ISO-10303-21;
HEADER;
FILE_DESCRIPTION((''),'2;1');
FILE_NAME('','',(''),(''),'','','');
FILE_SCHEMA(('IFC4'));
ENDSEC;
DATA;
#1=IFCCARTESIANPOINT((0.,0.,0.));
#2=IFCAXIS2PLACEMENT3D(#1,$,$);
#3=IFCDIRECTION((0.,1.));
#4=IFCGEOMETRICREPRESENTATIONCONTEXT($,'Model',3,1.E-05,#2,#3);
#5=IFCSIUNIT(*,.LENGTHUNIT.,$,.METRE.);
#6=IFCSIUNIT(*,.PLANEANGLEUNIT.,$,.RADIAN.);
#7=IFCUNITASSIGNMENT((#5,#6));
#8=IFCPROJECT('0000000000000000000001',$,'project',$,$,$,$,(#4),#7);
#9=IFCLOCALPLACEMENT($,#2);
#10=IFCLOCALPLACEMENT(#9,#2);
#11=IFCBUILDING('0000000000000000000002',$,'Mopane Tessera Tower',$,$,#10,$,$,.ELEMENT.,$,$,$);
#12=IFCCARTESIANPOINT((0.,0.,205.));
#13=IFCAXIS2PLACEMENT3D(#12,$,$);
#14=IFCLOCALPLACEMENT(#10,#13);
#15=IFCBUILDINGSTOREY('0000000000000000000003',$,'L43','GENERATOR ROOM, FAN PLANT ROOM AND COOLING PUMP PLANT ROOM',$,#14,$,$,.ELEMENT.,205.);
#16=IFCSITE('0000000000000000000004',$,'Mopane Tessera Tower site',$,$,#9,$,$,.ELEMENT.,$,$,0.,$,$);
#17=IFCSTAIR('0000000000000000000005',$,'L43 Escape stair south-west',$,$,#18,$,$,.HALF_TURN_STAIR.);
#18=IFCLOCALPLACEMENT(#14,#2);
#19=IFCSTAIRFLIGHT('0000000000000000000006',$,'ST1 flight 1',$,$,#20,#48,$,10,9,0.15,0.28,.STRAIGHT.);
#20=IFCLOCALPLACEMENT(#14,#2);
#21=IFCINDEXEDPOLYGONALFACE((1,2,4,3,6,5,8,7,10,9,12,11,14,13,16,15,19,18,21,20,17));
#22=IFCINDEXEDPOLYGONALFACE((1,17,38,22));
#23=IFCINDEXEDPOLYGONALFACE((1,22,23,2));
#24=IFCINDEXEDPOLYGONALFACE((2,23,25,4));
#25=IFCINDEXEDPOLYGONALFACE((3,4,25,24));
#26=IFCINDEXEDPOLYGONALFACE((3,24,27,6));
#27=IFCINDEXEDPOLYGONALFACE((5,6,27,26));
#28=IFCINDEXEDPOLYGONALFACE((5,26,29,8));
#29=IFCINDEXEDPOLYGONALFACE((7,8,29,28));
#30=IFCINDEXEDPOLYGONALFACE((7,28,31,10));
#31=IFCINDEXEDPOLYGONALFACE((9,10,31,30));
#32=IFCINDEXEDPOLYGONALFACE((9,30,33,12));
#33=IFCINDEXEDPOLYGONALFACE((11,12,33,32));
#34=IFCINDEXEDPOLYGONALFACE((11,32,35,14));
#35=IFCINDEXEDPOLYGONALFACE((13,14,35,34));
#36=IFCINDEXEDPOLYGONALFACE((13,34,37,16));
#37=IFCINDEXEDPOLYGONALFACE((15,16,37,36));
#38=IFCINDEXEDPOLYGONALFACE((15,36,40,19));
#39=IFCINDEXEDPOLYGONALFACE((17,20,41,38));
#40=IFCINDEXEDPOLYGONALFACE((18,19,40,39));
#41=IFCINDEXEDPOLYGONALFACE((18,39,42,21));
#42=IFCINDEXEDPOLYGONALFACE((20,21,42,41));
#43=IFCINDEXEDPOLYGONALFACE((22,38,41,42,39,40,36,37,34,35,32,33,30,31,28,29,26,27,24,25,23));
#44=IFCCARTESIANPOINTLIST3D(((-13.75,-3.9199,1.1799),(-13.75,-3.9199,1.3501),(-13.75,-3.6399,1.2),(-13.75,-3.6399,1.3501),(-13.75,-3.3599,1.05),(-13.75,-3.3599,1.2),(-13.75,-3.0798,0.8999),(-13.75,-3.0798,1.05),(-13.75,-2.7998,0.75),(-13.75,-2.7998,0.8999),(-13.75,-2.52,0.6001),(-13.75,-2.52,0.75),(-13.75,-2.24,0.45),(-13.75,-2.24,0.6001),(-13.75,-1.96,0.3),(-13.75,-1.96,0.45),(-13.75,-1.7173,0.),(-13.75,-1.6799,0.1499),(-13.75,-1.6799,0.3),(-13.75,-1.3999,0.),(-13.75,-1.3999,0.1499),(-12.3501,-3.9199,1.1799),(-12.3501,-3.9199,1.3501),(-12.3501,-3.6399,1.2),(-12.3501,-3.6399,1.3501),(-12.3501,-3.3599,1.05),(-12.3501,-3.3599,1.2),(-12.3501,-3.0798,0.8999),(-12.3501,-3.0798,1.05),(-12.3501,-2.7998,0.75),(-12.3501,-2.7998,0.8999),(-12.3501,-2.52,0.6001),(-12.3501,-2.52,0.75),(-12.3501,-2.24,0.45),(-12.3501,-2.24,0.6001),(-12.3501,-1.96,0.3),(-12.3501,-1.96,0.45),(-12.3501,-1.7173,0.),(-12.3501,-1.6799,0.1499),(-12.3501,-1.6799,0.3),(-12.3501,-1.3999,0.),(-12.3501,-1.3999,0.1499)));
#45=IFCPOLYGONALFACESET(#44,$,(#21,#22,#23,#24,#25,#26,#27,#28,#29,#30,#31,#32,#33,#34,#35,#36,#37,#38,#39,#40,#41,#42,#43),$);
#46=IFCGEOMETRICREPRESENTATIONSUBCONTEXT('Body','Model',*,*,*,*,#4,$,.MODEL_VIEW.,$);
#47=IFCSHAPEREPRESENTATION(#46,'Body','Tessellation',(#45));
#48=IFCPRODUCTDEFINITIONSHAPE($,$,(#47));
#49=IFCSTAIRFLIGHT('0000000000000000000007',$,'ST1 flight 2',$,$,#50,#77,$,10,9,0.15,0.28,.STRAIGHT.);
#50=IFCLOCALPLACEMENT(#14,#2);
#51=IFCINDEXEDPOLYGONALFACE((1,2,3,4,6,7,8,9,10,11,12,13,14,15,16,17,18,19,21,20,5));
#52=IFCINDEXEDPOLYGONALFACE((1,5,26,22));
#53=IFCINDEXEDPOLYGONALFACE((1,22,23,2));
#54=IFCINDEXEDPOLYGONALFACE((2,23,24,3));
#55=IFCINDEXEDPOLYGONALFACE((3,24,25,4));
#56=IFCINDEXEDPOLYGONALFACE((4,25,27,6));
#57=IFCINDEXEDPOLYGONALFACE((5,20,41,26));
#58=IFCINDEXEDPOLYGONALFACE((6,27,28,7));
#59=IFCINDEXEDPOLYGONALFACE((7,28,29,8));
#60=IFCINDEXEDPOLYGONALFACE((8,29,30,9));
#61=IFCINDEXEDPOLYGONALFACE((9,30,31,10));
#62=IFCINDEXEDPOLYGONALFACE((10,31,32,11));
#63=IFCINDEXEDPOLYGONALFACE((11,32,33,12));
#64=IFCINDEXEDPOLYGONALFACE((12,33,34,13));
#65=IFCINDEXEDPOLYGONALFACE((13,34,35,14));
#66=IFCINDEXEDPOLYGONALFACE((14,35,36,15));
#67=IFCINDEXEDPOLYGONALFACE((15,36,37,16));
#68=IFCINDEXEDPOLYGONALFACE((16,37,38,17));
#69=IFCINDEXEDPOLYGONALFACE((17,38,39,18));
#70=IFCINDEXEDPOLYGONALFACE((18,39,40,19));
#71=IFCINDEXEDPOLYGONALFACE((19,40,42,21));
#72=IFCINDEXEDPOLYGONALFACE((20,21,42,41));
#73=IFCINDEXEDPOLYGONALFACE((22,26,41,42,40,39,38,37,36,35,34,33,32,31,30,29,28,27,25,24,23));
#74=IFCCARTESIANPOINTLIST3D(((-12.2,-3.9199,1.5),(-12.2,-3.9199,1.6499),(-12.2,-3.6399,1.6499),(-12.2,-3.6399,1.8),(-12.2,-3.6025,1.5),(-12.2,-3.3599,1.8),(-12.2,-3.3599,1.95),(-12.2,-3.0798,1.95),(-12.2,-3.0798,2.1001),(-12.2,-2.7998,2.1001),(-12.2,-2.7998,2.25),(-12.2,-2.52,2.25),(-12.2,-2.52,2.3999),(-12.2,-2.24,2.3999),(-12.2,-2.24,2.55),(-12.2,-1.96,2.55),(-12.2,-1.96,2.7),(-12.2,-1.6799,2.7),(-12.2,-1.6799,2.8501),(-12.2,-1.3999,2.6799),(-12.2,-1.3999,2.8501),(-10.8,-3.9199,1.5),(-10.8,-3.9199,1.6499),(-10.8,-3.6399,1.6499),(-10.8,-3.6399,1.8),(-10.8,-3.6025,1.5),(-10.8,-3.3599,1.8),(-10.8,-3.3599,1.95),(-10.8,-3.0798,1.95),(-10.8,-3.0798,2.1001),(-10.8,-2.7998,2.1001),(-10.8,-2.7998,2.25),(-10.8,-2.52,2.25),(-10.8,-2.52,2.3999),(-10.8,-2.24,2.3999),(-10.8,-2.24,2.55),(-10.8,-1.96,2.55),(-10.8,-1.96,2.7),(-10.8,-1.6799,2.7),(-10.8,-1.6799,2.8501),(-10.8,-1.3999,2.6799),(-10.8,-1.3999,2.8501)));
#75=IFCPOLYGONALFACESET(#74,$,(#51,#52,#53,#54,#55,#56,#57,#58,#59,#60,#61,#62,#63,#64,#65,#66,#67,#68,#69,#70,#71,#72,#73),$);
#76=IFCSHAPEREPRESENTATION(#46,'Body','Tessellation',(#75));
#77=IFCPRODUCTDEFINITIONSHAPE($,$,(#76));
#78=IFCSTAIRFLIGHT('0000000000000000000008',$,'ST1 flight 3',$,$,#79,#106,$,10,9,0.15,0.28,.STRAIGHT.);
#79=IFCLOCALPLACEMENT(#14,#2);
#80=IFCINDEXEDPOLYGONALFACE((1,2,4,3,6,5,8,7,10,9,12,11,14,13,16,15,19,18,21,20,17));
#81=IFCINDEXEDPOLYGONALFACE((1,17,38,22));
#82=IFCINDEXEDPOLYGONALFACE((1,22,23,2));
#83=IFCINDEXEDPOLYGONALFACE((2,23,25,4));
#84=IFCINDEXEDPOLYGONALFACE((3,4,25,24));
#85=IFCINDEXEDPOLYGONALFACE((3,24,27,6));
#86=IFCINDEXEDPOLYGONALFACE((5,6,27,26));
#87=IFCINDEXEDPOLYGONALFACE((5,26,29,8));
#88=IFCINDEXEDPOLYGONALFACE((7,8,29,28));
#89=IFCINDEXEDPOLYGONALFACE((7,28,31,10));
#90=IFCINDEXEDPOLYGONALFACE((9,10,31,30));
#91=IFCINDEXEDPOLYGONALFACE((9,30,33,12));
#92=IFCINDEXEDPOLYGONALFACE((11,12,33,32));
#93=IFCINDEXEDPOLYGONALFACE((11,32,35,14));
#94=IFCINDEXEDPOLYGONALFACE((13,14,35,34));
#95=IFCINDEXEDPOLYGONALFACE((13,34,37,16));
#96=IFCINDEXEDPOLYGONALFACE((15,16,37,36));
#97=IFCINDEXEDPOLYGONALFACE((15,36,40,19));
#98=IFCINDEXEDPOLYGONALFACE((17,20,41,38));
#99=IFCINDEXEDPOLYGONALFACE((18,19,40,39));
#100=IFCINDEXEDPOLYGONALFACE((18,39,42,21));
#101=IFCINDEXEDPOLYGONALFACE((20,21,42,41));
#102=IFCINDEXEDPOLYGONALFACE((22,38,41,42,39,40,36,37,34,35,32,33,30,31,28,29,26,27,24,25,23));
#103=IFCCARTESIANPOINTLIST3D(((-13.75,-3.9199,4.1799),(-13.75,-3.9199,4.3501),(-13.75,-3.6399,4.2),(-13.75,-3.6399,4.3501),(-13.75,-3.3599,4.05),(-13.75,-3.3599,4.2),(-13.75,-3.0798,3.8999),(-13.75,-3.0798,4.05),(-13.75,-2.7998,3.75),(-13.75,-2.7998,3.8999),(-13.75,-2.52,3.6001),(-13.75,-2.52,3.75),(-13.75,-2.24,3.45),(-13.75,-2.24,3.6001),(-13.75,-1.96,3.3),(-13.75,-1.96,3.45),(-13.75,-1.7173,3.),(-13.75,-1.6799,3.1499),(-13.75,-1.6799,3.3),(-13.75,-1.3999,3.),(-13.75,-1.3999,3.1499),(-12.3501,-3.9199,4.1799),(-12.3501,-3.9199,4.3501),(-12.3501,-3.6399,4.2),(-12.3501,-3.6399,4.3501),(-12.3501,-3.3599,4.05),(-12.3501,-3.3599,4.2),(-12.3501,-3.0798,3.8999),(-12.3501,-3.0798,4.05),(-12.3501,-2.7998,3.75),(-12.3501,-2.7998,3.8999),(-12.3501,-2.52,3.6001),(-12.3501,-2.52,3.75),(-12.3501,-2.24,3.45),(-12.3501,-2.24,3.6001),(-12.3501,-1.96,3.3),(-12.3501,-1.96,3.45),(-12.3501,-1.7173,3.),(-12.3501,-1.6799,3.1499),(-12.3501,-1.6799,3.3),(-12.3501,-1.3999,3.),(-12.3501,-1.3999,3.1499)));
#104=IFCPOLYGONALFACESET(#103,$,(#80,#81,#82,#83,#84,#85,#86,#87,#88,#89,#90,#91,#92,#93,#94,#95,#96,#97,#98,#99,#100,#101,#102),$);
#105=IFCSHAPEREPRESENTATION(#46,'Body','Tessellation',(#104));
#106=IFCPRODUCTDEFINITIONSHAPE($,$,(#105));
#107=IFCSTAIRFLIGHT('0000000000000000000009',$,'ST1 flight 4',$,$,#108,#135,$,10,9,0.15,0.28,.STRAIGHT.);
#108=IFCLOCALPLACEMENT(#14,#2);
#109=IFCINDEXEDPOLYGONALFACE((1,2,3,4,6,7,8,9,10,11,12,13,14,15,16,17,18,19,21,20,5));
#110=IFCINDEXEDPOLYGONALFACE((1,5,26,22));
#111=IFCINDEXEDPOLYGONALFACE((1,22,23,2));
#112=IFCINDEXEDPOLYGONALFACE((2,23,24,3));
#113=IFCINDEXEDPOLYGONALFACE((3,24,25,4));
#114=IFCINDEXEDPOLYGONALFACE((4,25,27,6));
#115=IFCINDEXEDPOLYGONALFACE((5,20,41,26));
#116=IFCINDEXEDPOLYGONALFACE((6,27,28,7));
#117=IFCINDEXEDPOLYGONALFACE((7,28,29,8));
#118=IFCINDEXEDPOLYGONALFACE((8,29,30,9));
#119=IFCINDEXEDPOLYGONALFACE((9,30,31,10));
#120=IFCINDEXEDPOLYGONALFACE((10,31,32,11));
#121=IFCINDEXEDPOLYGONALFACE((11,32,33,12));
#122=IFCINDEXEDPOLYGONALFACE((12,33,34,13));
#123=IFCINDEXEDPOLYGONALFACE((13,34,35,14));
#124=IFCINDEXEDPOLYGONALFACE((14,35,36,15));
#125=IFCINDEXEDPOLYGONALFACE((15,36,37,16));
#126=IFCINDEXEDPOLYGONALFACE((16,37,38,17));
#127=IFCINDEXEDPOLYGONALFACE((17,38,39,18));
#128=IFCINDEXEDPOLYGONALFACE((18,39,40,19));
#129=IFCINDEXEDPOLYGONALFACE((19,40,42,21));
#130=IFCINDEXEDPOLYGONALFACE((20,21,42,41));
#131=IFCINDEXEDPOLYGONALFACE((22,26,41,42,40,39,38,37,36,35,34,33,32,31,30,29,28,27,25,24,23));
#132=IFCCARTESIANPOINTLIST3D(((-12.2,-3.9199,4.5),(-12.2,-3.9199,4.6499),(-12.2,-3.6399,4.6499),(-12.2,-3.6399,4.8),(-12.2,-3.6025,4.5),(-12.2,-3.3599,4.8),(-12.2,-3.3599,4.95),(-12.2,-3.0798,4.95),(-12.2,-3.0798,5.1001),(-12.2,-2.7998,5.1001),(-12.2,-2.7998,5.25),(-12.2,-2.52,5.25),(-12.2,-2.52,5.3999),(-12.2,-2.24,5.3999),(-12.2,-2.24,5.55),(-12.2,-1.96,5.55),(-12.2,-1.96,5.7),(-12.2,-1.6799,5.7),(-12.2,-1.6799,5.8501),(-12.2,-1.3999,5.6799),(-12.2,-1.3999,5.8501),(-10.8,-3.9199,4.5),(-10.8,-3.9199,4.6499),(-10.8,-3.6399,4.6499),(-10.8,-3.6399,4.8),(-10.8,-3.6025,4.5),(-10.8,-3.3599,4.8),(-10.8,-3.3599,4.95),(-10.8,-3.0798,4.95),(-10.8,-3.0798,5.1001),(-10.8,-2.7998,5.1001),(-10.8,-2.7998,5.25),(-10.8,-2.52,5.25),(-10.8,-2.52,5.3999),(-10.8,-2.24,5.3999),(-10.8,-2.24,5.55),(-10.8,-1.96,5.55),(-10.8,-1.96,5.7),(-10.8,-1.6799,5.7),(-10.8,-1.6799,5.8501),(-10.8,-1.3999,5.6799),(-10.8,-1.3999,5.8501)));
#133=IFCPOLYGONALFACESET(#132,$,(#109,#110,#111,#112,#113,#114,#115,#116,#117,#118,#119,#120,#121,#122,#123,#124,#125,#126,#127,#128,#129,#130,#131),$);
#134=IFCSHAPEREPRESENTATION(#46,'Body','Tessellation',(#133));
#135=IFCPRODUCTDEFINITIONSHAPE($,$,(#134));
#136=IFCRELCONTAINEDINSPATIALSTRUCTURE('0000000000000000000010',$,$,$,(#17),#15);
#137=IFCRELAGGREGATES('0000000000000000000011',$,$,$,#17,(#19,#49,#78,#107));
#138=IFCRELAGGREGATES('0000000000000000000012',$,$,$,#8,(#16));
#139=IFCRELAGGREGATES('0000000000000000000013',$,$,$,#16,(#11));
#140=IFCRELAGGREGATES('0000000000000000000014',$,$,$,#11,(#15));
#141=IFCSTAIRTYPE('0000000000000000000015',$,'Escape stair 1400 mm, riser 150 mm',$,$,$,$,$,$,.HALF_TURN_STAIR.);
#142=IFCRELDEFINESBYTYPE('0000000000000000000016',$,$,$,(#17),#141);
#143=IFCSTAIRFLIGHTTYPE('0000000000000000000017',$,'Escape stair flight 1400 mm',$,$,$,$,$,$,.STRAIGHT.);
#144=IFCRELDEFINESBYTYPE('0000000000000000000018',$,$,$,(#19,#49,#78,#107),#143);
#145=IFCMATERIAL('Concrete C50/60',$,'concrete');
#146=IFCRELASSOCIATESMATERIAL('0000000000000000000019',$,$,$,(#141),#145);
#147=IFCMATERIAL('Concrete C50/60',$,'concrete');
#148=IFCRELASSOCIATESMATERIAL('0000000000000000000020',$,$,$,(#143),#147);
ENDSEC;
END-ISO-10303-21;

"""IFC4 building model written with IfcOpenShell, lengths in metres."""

from ifc_helpers import new_model, si_unit, direction, frame, origin, place, context, subcontext, project, spatial, polyline, outline, extrude, material, type_object, element, aggregate, save


model = new_model("IFC4")

# Units and contexts
model_context = context("Model", 3, precision=1e-05, world=origin(), true_north=direction((0.0, 1.0)))
body_context = subcontext(model_context, "Body", "Model", "MODEL_VIEW")
ifc_project = project(units=[si_unit("LENGTHUNIT", "METRE"), si_unit("PLANEANGLEUNIT", "RADIAN")], contexts=[model_context])

# Site, building, storey
site_placement = place(None, origin())
site = spatial("IfcSite", under=ifc_project, at=site_placement, Name="Mopane Tessera Tower site", CompositionType="ELEMENT", RefElevation=0.0)
building_placement = place(site_placement, origin())
building = spatial("IfcBuilding", under=site, at=building_placement, Name="Mopane Tessera Tower", CompositionType="ELEMENT")
storey_placement = place(building_placement, frame((0.0, 0.0, 205.0)))
storey = spatial("IfcBuildingStorey", under=building, at=storey_placement, Name="L43", Description="GENERATOR ROOM, FAN PLANT ROOM AND COOLING PUMP PLANT ROOM", CompositionType="ELEMENT", Elevation=205.0)

# Stair, stair flights
ifc_material_1 = material(Name="Concrete C50/60", Category="concrete")
stair_type = type_object("IfcStairType", Name="Escape stair 1400 mm, riser 150 mm", PredefinedType="HALF_TURN_STAIR", material=ifc_material_1)
stair_placement = place(storey_placement, origin())
stair = element("IfcStair", 1, at=stair_placement, inside=storey, type_object=stair_type, Name="L43 Escape stair south-west", PredefinedType="HALF_TURN_STAIR")
ifc_material_2 = material(Name="Concrete C50/60", Category="concrete")
stair_flight_type = type_object("IfcStairFlightType", Name="Escape stair flight 1400 mm", PredefinedType="STRAIGHT", material=ifc_material_2)
stair_flight_1_placement = place(storey_placement, frame((-13.05, -1.3999, 0.0), z_axis=(0.0, 0.0, 1.0), x_axis=(0.0, -1.0, 0.0)))
stair_flight_1 = element("IfcStairFlight", 2, at=stair_flight_1_placement, type_object=stair_flight_type, Name="ST1 flight 1", NumberOfRisers=10, NumberOfTreads=9, PredefinedType="STRAIGHT", RiserHeight=0.15, TreadLength=0.28, context=body_context, shape_type="SweptSolid", body=[
    extrude(outline(polyline([(0.0, 0.0), (0.0, 0.1499), (0.28, 0.1499), (0.28, 0.3), (0.5601, 0.3), (0.5601, 0.45), (0.8401, 0.45), (0.8401, 0.6001), (1.1201, 0.6001), (1.1201, 0.75), (1.3999, 0.75), (1.3999, 0.8999), (1.6799, 0.8999), (1.6799, 1.05), (1.96, 1.05), (1.96, 1.2), (2.24, 1.2), (2.24, 1.3501), (2.52, 1.3501), (2.52, 1.5), (2.52, 1.1799), (0.3174, 0.0), (0.0, 0.0)])), frame((0.0, 0.7, 0.0), z_axis=(0.0, -1.0, 0.0), x_axis=(1.0, 0.0, 0.0)), (0.0, 0.0, 1.0), 1.3999),
])
stair_flight_2_placement = place(storey_placement, frame((-11.5, -3.9199, 1.5), z_axis=(0.0, 0.0, 1.0), x_axis=(0.0, 1.0, 0.0)))
stair_flight_2 = element("IfcStairFlight", 3, at=stair_flight_2_placement, type_object=stair_flight_type, Name="ST1 flight 2", NumberOfRisers=10, NumberOfTreads=9, PredefinedType="STRAIGHT", RiserHeight=0.15, TreadLength=0.28, context=body_context, shape_type="SweptSolid", body=[
    extrude(outline(polyline([(0.0, 0.0), (0.0, 0.1499), (0.28, 0.1499), (0.28, 0.3), (0.5601, 0.3), (0.5601, 0.45), (0.8401, 0.45), (0.8401, 0.6001), (1.1201, 0.6001), (1.1201, 0.75), (1.3999, 0.75), (1.3999, 0.8999), (1.6799, 0.8999), (1.6799, 1.05), (1.96, 1.05), (1.96, 1.2), (2.24, 1.2), (2.24, 1.3501), (2.52, 1.3501), (2.52, 1.5), (2.52, 1.1799), (0.3174, 0.0), (0.0, 0.0)])), frame((0.0, 0.7, 0.0), z_axis=(0.0, -1.0, 0.0), x_axis=(1.0, 0.0, 0.0)), (0.0, 0.0, 1.0), 1.3999),
])
stair_flight_3_placement = place(storey_placement, frame((-13.05, -1.3999, 3.0), z_axis=(0.0, 0.0, 1.0), x_axis=(0.0, -1.0, 0.0)))
stair_flight_3 = element("IfcStairFlight", 4, at=stair_flight_3_placement, type_object=stair_flight_type, Name="ST1 flight 3", NumberOfRisers=10, NumberOfTreads=9, PredefinedType="STRAIGHT", RiserHeight=0.15, TreadLength=0.28, context=body_context, shape_type="SweptSolid", body=[
    extrude(outline(polyline([(0.0, 0.0), (0.0, 0.1499), (0.28, 0.1499), (0.28, 0.3), (0.5601, 0.3), (0.5601, 0.45), (0.8401, 0.45), (0.8401, 0.6001), (1.1201, 0.6001), (1.1201, 0.75), (1.3999, 0.75), (1.3999, 0.8999), (1.6799, 0.8999), (1.6799, 1.05), (1.96, 1.05), (1.96, 1.2), (2.24, 1.2), (2.24, 1.3501), (2.52, 1.3501), (2.52, 1.5), (2.52, 1.1799), (0.3174, 0.0), (0.0, 0.0)])), frame((0.0, 0.7, 0.0), z_axis=(0.0, -1.0, 0.0), x_axis=(1.0, 0.0, 0.0)), (0.0, 0.0, 1.0), 1.3999),
])
stair_flight_4_placement = place(storey_placement, frame((-11.5, -3.9199, 4.5), z_axis=(0.0, 0.0, 1.0), x_axis=(0.0, 1.0, 0.0)))
stair_flight_4 = element("IfcStairFlight", 5, at=stair_flight_4_placement, type_object=stair_flight_type, Name="ST1 flight 4", NumberOfRisers=10, NumberOfTreads=9, PredefinedType="STRAIGHT", RiserHeight=0.15, TreadLength=0.28, context=body_context, shape_type="SweptSolid", body=[
    extrude(outline(polyline([(0.0, 0.0), (0.0, 0.1499), (0.28, 0.1499), (0.28, 0.3), (0.5601, 0.3), (0.5601, 0.45), (0.8401, 0.45), (0.8401, 0.6001), (1.1201, 0.6001), (1.1201, 0.75), (1.3999, 0.75), (1.3999, 0.8999), (1.6799, 0.8999), (1.6799, 1.05), (1.96, 1.05), (1.96, 1.2), (2.24, 1.2), (2.24, 1.3501), (2.52, 1.3501), (2.52, 1.5), (2.52, 1.1799), (0.3174, 0.0), (0.0, 0.0)])), frame((0.0, 0.7, 0.0), z_axis=(0.0, -1.0, 0.0), x_axis=(1.0, 0.0, 0.0)), (0.0, 0.0, 1.0), 1.3999),
])
aggregate(stair, [stair_flight_1, stair_flight_2, stair_flight_3, stair_flight_4])

save(model, "model.ifc")
